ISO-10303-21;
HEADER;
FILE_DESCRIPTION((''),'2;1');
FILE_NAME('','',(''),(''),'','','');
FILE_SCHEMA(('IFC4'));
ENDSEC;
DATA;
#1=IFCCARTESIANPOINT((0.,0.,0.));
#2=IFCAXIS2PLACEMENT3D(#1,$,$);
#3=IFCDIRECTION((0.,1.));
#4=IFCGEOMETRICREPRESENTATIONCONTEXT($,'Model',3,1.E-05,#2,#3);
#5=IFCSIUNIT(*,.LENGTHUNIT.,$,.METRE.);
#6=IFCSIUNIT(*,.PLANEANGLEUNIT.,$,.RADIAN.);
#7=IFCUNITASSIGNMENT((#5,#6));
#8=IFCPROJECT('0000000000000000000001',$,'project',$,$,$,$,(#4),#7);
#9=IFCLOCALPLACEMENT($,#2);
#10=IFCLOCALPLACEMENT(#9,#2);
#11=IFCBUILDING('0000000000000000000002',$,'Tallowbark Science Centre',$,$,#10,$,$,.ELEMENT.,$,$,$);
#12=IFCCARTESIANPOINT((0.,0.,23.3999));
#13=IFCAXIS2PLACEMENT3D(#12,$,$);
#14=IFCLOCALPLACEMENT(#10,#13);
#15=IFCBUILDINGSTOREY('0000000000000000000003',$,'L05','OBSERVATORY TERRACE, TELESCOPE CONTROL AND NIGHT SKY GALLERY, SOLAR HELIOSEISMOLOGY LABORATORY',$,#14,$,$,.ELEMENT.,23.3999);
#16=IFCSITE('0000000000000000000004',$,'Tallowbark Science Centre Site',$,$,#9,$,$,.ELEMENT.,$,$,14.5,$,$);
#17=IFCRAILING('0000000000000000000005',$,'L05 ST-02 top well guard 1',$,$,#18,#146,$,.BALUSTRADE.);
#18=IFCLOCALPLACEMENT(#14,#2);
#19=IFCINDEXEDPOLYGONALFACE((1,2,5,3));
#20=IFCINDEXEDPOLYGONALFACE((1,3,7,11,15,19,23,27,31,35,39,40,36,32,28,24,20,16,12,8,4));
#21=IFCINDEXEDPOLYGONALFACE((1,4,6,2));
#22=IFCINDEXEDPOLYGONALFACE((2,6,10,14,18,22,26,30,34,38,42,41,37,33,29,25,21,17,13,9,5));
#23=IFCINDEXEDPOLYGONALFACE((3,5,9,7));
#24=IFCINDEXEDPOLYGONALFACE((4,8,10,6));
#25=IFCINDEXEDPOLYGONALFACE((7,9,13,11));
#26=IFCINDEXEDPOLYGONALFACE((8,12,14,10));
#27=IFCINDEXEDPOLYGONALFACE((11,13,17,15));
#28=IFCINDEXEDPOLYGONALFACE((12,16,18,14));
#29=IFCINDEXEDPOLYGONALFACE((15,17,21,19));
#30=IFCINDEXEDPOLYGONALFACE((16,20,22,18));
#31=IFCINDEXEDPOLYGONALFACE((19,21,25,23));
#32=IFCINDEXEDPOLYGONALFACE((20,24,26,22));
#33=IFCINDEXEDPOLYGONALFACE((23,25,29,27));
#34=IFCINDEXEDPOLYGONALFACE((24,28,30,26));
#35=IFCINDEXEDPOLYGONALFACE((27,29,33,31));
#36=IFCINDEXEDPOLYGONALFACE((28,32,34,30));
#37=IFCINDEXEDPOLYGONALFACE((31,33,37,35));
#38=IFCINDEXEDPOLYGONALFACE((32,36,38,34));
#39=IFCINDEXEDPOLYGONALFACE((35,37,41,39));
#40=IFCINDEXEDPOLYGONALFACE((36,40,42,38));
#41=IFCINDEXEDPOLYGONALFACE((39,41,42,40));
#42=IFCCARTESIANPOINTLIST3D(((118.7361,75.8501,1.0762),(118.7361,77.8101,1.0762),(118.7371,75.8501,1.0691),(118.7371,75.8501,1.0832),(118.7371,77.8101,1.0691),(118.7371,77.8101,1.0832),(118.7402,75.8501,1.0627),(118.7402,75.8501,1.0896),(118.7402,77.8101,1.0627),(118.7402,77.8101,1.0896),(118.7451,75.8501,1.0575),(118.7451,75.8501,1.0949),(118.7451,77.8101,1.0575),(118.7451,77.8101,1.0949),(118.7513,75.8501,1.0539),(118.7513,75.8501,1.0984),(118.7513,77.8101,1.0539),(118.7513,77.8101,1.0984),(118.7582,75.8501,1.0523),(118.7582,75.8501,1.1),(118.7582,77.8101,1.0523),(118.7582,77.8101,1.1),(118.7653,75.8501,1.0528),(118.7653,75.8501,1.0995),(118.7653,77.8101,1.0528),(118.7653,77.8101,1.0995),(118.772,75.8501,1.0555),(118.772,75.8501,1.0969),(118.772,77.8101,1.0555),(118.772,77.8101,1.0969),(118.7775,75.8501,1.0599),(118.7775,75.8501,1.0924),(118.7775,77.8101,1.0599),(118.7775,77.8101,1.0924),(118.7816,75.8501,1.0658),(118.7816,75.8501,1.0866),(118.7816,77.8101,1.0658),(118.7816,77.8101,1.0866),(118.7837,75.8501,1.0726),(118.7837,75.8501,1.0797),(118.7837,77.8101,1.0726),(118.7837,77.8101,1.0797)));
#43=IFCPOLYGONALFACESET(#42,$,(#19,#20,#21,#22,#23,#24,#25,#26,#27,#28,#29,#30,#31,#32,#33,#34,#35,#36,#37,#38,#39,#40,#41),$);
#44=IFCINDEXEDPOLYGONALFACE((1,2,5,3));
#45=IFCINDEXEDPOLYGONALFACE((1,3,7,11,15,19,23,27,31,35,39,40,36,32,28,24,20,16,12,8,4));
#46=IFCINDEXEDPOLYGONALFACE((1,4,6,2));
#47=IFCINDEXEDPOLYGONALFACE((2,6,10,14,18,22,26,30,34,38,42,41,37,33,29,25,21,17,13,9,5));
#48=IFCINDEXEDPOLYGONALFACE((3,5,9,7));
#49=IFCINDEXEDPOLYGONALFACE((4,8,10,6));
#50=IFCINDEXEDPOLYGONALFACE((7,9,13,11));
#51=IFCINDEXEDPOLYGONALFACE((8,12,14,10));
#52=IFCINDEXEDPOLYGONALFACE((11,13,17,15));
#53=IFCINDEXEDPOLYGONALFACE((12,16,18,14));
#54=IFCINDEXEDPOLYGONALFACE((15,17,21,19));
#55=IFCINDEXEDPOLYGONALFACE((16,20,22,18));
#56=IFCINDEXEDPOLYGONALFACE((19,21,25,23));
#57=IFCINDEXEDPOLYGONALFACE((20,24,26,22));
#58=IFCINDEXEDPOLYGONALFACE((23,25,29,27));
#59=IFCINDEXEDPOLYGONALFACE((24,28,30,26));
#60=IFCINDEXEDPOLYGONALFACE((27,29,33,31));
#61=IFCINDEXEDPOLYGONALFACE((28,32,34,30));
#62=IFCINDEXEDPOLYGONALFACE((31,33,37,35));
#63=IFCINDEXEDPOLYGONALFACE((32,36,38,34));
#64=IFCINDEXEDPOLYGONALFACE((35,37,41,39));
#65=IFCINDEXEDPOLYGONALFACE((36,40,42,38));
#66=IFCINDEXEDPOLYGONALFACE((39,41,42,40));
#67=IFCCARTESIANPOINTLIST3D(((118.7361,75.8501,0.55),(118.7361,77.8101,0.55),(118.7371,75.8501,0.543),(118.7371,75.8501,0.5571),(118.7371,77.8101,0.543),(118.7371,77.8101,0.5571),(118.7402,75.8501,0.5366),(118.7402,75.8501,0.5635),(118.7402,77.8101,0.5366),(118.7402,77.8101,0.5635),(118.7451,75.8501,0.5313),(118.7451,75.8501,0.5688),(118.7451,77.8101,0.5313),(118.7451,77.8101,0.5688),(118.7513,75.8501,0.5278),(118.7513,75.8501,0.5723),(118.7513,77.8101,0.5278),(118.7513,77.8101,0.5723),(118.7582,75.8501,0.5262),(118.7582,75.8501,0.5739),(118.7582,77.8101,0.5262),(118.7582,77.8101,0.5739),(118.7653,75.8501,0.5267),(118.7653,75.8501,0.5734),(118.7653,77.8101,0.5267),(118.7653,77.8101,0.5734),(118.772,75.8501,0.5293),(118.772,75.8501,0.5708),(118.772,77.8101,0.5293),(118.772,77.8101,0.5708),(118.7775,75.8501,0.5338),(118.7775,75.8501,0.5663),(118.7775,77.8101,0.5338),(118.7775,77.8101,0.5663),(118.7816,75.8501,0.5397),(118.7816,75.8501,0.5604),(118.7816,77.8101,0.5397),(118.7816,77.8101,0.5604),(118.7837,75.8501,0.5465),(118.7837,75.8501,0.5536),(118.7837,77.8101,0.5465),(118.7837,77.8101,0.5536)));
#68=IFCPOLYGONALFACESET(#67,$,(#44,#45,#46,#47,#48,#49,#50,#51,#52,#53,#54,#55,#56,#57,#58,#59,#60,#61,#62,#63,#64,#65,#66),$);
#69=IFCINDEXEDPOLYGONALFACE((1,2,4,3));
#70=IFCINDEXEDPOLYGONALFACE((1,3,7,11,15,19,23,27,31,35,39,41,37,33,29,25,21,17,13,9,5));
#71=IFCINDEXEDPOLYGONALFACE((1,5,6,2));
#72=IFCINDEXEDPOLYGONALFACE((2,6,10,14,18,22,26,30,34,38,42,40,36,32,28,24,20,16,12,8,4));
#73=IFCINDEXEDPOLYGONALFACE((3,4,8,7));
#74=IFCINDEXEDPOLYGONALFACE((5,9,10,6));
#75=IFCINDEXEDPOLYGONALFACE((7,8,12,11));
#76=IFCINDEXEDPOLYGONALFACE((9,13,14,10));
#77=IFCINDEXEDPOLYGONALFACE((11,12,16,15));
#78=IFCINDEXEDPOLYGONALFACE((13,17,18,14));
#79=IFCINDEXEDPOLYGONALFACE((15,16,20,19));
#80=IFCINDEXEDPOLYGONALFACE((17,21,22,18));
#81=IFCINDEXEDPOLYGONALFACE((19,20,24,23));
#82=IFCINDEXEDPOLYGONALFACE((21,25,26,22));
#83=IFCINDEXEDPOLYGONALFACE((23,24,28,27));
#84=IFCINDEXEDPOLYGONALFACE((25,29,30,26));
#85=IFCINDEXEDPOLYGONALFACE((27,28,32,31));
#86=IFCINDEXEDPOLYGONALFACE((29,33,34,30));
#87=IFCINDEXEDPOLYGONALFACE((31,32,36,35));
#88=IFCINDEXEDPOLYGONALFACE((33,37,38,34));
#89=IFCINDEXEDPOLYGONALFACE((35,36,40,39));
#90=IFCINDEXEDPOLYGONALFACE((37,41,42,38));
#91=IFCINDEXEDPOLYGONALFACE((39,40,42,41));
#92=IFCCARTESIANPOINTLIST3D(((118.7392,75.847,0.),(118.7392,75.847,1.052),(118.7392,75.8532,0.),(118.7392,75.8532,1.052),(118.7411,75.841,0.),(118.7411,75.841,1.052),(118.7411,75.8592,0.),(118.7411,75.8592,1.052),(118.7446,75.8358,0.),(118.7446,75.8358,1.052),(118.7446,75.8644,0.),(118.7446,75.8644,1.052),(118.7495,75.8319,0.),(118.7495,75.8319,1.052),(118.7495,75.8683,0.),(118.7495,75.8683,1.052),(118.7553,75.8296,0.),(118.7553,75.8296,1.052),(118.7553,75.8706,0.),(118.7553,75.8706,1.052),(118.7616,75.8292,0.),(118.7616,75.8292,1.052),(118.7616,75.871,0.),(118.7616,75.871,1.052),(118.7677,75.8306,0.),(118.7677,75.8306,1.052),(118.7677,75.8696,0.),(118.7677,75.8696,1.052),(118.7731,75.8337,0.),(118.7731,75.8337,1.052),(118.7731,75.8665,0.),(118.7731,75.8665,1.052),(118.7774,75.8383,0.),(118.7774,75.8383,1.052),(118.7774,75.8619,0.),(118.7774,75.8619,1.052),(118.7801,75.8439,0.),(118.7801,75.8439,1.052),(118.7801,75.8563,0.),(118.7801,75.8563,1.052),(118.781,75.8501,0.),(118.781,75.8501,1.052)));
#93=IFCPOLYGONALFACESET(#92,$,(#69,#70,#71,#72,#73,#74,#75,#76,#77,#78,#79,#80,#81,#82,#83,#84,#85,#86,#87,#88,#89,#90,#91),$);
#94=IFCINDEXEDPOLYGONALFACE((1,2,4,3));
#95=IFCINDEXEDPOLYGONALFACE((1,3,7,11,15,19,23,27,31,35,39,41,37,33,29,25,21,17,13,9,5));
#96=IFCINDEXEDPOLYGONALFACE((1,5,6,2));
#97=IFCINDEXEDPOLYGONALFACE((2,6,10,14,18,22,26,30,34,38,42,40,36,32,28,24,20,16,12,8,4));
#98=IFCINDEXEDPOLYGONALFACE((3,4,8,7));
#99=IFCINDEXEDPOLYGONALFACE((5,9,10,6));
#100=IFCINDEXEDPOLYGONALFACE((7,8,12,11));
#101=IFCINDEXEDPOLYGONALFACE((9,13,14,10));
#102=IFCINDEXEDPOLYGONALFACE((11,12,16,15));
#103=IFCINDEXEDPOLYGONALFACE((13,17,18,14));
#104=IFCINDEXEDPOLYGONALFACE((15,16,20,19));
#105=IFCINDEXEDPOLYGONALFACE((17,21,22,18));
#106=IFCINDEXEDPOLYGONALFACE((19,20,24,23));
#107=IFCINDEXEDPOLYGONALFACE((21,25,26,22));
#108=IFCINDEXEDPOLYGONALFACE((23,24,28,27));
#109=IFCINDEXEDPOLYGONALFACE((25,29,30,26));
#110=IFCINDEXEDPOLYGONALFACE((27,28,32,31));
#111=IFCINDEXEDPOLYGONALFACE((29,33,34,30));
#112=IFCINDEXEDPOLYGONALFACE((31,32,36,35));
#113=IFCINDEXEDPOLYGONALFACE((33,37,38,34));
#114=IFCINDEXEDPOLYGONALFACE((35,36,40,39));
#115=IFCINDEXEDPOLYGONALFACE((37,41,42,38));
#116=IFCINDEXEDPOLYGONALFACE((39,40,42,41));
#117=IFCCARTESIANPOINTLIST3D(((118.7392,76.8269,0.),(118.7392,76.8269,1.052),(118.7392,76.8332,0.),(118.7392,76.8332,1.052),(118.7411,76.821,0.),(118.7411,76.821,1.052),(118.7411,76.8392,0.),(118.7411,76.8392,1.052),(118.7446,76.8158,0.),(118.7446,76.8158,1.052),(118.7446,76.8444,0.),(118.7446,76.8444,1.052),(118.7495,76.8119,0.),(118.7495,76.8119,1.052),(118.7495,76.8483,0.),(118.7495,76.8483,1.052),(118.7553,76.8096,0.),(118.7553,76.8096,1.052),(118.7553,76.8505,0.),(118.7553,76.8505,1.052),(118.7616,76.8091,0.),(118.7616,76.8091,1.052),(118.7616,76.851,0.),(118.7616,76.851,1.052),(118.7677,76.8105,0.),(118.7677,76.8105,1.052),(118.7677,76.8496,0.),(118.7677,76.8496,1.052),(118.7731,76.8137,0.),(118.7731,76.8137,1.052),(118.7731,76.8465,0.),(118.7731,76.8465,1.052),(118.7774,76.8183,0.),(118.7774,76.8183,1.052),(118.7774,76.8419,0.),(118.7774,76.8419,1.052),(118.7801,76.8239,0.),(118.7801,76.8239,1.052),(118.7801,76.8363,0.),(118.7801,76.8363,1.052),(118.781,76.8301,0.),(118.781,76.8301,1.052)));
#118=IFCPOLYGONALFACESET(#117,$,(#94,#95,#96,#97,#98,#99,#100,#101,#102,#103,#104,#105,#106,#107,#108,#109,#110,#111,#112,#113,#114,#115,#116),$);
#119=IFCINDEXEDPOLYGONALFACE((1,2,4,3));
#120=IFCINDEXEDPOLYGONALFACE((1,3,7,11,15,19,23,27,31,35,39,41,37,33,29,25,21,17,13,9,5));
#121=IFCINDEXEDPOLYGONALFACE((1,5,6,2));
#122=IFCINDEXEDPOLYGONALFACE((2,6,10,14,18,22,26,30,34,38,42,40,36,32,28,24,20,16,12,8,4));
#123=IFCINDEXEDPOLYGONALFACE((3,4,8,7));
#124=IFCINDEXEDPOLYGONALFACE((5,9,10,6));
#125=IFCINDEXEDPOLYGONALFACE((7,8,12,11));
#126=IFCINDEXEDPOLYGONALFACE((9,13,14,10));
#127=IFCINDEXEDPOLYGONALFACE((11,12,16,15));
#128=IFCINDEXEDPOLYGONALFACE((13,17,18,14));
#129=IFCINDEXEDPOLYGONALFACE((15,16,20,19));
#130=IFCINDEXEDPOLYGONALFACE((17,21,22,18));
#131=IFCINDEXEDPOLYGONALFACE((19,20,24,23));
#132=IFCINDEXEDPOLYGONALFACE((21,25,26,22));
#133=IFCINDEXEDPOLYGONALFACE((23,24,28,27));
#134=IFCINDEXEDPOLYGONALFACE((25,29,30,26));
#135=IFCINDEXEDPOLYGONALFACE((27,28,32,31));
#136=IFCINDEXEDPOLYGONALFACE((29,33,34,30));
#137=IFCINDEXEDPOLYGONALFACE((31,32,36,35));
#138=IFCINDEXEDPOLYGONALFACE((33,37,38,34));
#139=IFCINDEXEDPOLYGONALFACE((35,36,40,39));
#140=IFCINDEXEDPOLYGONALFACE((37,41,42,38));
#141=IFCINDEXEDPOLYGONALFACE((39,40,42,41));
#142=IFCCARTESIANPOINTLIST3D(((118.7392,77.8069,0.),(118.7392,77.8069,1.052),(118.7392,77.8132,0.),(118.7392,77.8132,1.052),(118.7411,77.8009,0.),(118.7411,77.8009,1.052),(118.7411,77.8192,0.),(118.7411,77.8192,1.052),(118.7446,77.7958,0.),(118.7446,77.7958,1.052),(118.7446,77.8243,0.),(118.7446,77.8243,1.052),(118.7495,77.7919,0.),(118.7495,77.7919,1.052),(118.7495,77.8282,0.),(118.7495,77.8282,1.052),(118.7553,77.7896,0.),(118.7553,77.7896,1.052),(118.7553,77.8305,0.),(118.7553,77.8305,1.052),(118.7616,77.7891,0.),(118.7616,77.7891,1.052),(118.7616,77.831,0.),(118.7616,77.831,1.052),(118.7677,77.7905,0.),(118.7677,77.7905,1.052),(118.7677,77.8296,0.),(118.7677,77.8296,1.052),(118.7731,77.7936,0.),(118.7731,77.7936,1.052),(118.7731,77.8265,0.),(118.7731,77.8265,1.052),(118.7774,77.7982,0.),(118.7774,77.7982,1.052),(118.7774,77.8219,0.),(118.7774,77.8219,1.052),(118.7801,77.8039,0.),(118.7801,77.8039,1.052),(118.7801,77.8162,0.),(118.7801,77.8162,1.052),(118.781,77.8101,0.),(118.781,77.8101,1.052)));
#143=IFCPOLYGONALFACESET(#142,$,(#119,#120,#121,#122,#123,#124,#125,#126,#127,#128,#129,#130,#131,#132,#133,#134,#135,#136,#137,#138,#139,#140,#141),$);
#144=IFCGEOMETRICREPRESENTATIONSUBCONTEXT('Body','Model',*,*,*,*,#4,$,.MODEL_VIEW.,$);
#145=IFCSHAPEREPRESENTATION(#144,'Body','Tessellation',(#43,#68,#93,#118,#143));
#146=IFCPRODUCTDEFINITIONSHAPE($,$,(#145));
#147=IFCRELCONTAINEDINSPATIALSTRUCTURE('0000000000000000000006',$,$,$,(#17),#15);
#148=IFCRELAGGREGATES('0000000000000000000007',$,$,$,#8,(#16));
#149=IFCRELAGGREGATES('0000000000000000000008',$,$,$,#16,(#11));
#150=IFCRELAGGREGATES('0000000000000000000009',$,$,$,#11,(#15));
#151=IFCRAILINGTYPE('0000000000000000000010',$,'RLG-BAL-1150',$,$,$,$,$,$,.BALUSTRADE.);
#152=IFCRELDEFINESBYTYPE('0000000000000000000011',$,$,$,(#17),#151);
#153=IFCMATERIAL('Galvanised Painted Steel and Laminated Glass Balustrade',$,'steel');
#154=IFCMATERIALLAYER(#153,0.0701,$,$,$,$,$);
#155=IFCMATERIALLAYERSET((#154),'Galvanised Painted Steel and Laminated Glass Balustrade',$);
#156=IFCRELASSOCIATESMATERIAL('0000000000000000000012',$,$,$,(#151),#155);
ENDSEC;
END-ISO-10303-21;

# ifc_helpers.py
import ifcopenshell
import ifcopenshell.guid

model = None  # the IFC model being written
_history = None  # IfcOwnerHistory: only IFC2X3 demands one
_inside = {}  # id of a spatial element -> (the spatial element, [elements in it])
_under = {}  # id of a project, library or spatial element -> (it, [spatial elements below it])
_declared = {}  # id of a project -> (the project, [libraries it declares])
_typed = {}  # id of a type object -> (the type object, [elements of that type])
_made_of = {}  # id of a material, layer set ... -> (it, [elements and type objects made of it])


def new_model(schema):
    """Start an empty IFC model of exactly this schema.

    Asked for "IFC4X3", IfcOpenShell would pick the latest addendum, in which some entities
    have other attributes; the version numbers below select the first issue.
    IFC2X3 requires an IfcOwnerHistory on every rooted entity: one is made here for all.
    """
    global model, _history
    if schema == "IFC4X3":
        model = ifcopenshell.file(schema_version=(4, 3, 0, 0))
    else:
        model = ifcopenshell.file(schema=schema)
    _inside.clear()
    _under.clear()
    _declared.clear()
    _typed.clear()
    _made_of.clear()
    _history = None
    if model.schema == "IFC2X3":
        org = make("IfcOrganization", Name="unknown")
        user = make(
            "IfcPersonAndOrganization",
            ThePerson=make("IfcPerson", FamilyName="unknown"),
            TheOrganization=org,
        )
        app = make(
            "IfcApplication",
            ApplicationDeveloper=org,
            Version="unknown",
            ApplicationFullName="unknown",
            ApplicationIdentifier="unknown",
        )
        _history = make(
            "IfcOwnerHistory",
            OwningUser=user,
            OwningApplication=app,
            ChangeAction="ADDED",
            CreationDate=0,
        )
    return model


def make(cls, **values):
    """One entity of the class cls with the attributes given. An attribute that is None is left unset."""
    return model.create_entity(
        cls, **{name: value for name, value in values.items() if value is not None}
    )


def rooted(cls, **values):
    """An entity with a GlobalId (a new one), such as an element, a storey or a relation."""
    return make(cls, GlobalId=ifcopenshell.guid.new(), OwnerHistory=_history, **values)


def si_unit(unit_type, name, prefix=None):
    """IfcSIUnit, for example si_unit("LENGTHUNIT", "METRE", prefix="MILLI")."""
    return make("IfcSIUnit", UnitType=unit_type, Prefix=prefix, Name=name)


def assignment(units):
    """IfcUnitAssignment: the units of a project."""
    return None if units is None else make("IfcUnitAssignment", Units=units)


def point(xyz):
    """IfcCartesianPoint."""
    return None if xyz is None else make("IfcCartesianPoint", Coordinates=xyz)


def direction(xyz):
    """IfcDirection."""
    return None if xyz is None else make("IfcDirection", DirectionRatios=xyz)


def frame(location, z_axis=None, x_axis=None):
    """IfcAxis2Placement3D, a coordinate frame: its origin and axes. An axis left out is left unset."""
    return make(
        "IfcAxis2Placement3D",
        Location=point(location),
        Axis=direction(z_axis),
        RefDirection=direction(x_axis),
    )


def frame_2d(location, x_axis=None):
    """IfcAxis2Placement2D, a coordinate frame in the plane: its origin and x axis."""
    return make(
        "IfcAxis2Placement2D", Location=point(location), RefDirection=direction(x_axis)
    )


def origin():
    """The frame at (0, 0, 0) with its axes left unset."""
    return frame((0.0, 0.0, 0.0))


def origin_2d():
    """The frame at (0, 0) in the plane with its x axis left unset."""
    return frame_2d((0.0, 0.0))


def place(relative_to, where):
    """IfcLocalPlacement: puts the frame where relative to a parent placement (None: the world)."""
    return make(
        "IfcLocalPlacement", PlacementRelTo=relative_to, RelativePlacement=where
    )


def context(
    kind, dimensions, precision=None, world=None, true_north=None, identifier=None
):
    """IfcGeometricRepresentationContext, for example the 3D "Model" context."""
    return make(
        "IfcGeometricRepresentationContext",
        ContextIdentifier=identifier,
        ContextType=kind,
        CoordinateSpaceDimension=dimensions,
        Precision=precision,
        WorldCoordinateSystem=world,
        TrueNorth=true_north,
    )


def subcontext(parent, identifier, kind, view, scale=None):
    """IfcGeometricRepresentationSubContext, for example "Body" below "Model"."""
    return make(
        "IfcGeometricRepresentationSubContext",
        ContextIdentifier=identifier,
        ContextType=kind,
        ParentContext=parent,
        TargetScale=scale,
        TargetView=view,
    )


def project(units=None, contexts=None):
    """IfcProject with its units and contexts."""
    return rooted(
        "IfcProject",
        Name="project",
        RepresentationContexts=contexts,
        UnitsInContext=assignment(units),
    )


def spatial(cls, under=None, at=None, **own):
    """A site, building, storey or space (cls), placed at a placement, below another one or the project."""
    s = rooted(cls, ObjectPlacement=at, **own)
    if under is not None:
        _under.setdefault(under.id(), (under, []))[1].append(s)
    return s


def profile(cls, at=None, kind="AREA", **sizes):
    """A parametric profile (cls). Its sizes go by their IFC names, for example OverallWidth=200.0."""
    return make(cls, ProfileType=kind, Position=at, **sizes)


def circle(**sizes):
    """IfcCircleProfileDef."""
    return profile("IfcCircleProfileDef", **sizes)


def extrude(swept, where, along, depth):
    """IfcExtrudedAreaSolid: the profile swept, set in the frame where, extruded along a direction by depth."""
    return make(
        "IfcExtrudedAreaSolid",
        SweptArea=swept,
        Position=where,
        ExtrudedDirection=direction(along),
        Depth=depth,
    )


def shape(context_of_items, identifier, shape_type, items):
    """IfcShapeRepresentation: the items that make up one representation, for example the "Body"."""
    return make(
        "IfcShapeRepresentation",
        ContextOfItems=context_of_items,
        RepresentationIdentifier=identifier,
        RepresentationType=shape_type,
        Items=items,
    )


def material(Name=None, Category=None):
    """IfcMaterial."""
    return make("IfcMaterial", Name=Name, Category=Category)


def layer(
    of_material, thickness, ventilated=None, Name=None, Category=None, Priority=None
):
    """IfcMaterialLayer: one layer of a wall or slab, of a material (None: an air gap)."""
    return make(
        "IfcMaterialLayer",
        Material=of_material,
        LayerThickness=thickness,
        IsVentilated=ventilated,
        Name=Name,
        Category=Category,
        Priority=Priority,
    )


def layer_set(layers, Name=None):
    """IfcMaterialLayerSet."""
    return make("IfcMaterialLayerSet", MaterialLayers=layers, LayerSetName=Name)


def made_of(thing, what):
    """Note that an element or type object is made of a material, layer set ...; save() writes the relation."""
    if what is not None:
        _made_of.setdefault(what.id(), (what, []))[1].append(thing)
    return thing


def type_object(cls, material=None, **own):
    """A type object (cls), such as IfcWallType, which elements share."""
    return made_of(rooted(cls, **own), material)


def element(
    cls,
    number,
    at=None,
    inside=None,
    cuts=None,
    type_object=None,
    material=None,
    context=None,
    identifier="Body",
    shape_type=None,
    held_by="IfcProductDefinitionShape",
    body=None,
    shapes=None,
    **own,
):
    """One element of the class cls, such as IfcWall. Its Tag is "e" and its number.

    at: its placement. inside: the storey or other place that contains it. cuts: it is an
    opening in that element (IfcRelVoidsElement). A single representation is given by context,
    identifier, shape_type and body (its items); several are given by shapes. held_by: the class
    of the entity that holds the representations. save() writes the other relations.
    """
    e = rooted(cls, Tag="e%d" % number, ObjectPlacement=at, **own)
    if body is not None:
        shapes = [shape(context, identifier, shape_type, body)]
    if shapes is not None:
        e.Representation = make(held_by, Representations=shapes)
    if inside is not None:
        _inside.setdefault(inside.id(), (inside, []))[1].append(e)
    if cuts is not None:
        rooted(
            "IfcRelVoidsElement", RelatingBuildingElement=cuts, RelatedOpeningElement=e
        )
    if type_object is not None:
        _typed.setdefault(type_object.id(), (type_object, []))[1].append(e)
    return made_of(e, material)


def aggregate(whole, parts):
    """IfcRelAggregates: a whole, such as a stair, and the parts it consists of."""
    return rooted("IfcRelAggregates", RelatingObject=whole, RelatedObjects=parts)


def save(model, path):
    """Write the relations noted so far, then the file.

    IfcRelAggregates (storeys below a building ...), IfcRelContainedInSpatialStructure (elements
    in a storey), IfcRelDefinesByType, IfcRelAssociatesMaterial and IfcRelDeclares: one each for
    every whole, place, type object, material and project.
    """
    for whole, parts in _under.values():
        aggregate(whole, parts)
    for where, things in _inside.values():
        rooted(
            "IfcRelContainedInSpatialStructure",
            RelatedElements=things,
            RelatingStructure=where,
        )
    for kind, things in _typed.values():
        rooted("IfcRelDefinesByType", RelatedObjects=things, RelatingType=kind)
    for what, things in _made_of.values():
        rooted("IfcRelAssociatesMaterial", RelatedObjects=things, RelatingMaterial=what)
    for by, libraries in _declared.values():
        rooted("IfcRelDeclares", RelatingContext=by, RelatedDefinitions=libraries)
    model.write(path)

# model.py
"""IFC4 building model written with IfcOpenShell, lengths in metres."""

from ifc_helpers import new_model, si_unit, direction, frame, origin, origin_2d, place, context, subcontext, project, spatial, circle, extrude, material, layer, layer_set, type_object, element, save


model = new_model("IFC4")

# Units and contexts
model_context = context("Model", 3, precision=1e-05, world=origin(), true_north=direction((0.0, 1.0)))
body_context = subcontext(model_context, "Body", "Model", "MODEL_VIEW")
ifc_project = project(units=[si_unit("LENGTHUNIT", "METRE"), si_unit("PLANEANGLEUNIT", "RADIAN")], contexts=[model_context])

# Site, building, storey
site_placement = place(None, origin())
site = spatial("IfcSite", under=ifc_project, at=site_placement, Name="Tallowbark Science Centre Site", CompositionType="ELEMENT", RefElevation=14.5)
building_placement = place(site_placement, origin())
building = spatial("IfcBuilding", under=site, at=building_placement, Name="Tallowbark Science Centre", CompositionType="ELEMENT")
storey_placement = place(building_placement, frame((0.0, 0.0, 23.3999)))
storey = spatial("IfcBuildingStorey", under=building, at=storey_placement, Name="L05", Description="OBSERVATORY TERRACE, TELESCOPE CONTROL AND NIGHT SKY GALLERY, SOLAR HELIOSEISMOLOGY LABORATORY", CompositionType="ELEMENT", Elevation=23.3999)

# Railing
ifc_material_1 = material(Name="Galvanised Painted Steel and Laminated Glass Balustrade", Category="steel")
ifc_layer_1 = layer(ifc_material_1, 0.0701)
ifc_layer_set_1 = layer_set([ifc_layer_1], Name="Galvanised Painted Steel and Laminated Glass Balustrade")
railing_type = type_object("IfcRailingType", Name="RLG-BAL-1150", PredefinedType="BALUSTRADE", material=ifc_layer_set_1)
railing_placement = place(storey_placement, frame((118.76, 75.8501, 0.0)))
element("IfcRailing", 1, at=railing_placement, inside=storey, type_object=railing_type, Name="L05 ST-02 top well guard 1", PredefinedType="BALUSTRADE", context=body_context, shape_type="SweptSolid", body=[
    extrude(circle(Radius=0.0239, at=origin_2d()), frame((0.0, 0.0, 1.0762), z_axis=(0.0, 1.0, 0.0), x_axis=(-1.0, 0.0, 0.0)), (0.0, 0.0, 1.0), 1.96),
    extrude(circle(Radius=0.0239, at=origin_2d()), frame((0.0, 0.0, 0.55), z_axis=(0.0, 1.0, 0.0), x_axis=(-1.0, 0.0, 0.0)), (0.0, 0.0, 1.0), 1.96),
    extrude(circle(Radius=0.021, at=origin_2d()), origin(), (0.0, 0.0, 1.0), 1.052),
    extrude(circle(Radius=0.021, at=origin_2d()), frame((0.0, 0.98, 0.0)), (0.0, 0.0, 1.0), 1.052),
    extrude(circle(Radius=0.021, at=origin_2d()), frame((0.0, 1.96, 0.0)), (0.0, 0.0, 1.0), 1.052),
])

save(model, "model.ifc")
